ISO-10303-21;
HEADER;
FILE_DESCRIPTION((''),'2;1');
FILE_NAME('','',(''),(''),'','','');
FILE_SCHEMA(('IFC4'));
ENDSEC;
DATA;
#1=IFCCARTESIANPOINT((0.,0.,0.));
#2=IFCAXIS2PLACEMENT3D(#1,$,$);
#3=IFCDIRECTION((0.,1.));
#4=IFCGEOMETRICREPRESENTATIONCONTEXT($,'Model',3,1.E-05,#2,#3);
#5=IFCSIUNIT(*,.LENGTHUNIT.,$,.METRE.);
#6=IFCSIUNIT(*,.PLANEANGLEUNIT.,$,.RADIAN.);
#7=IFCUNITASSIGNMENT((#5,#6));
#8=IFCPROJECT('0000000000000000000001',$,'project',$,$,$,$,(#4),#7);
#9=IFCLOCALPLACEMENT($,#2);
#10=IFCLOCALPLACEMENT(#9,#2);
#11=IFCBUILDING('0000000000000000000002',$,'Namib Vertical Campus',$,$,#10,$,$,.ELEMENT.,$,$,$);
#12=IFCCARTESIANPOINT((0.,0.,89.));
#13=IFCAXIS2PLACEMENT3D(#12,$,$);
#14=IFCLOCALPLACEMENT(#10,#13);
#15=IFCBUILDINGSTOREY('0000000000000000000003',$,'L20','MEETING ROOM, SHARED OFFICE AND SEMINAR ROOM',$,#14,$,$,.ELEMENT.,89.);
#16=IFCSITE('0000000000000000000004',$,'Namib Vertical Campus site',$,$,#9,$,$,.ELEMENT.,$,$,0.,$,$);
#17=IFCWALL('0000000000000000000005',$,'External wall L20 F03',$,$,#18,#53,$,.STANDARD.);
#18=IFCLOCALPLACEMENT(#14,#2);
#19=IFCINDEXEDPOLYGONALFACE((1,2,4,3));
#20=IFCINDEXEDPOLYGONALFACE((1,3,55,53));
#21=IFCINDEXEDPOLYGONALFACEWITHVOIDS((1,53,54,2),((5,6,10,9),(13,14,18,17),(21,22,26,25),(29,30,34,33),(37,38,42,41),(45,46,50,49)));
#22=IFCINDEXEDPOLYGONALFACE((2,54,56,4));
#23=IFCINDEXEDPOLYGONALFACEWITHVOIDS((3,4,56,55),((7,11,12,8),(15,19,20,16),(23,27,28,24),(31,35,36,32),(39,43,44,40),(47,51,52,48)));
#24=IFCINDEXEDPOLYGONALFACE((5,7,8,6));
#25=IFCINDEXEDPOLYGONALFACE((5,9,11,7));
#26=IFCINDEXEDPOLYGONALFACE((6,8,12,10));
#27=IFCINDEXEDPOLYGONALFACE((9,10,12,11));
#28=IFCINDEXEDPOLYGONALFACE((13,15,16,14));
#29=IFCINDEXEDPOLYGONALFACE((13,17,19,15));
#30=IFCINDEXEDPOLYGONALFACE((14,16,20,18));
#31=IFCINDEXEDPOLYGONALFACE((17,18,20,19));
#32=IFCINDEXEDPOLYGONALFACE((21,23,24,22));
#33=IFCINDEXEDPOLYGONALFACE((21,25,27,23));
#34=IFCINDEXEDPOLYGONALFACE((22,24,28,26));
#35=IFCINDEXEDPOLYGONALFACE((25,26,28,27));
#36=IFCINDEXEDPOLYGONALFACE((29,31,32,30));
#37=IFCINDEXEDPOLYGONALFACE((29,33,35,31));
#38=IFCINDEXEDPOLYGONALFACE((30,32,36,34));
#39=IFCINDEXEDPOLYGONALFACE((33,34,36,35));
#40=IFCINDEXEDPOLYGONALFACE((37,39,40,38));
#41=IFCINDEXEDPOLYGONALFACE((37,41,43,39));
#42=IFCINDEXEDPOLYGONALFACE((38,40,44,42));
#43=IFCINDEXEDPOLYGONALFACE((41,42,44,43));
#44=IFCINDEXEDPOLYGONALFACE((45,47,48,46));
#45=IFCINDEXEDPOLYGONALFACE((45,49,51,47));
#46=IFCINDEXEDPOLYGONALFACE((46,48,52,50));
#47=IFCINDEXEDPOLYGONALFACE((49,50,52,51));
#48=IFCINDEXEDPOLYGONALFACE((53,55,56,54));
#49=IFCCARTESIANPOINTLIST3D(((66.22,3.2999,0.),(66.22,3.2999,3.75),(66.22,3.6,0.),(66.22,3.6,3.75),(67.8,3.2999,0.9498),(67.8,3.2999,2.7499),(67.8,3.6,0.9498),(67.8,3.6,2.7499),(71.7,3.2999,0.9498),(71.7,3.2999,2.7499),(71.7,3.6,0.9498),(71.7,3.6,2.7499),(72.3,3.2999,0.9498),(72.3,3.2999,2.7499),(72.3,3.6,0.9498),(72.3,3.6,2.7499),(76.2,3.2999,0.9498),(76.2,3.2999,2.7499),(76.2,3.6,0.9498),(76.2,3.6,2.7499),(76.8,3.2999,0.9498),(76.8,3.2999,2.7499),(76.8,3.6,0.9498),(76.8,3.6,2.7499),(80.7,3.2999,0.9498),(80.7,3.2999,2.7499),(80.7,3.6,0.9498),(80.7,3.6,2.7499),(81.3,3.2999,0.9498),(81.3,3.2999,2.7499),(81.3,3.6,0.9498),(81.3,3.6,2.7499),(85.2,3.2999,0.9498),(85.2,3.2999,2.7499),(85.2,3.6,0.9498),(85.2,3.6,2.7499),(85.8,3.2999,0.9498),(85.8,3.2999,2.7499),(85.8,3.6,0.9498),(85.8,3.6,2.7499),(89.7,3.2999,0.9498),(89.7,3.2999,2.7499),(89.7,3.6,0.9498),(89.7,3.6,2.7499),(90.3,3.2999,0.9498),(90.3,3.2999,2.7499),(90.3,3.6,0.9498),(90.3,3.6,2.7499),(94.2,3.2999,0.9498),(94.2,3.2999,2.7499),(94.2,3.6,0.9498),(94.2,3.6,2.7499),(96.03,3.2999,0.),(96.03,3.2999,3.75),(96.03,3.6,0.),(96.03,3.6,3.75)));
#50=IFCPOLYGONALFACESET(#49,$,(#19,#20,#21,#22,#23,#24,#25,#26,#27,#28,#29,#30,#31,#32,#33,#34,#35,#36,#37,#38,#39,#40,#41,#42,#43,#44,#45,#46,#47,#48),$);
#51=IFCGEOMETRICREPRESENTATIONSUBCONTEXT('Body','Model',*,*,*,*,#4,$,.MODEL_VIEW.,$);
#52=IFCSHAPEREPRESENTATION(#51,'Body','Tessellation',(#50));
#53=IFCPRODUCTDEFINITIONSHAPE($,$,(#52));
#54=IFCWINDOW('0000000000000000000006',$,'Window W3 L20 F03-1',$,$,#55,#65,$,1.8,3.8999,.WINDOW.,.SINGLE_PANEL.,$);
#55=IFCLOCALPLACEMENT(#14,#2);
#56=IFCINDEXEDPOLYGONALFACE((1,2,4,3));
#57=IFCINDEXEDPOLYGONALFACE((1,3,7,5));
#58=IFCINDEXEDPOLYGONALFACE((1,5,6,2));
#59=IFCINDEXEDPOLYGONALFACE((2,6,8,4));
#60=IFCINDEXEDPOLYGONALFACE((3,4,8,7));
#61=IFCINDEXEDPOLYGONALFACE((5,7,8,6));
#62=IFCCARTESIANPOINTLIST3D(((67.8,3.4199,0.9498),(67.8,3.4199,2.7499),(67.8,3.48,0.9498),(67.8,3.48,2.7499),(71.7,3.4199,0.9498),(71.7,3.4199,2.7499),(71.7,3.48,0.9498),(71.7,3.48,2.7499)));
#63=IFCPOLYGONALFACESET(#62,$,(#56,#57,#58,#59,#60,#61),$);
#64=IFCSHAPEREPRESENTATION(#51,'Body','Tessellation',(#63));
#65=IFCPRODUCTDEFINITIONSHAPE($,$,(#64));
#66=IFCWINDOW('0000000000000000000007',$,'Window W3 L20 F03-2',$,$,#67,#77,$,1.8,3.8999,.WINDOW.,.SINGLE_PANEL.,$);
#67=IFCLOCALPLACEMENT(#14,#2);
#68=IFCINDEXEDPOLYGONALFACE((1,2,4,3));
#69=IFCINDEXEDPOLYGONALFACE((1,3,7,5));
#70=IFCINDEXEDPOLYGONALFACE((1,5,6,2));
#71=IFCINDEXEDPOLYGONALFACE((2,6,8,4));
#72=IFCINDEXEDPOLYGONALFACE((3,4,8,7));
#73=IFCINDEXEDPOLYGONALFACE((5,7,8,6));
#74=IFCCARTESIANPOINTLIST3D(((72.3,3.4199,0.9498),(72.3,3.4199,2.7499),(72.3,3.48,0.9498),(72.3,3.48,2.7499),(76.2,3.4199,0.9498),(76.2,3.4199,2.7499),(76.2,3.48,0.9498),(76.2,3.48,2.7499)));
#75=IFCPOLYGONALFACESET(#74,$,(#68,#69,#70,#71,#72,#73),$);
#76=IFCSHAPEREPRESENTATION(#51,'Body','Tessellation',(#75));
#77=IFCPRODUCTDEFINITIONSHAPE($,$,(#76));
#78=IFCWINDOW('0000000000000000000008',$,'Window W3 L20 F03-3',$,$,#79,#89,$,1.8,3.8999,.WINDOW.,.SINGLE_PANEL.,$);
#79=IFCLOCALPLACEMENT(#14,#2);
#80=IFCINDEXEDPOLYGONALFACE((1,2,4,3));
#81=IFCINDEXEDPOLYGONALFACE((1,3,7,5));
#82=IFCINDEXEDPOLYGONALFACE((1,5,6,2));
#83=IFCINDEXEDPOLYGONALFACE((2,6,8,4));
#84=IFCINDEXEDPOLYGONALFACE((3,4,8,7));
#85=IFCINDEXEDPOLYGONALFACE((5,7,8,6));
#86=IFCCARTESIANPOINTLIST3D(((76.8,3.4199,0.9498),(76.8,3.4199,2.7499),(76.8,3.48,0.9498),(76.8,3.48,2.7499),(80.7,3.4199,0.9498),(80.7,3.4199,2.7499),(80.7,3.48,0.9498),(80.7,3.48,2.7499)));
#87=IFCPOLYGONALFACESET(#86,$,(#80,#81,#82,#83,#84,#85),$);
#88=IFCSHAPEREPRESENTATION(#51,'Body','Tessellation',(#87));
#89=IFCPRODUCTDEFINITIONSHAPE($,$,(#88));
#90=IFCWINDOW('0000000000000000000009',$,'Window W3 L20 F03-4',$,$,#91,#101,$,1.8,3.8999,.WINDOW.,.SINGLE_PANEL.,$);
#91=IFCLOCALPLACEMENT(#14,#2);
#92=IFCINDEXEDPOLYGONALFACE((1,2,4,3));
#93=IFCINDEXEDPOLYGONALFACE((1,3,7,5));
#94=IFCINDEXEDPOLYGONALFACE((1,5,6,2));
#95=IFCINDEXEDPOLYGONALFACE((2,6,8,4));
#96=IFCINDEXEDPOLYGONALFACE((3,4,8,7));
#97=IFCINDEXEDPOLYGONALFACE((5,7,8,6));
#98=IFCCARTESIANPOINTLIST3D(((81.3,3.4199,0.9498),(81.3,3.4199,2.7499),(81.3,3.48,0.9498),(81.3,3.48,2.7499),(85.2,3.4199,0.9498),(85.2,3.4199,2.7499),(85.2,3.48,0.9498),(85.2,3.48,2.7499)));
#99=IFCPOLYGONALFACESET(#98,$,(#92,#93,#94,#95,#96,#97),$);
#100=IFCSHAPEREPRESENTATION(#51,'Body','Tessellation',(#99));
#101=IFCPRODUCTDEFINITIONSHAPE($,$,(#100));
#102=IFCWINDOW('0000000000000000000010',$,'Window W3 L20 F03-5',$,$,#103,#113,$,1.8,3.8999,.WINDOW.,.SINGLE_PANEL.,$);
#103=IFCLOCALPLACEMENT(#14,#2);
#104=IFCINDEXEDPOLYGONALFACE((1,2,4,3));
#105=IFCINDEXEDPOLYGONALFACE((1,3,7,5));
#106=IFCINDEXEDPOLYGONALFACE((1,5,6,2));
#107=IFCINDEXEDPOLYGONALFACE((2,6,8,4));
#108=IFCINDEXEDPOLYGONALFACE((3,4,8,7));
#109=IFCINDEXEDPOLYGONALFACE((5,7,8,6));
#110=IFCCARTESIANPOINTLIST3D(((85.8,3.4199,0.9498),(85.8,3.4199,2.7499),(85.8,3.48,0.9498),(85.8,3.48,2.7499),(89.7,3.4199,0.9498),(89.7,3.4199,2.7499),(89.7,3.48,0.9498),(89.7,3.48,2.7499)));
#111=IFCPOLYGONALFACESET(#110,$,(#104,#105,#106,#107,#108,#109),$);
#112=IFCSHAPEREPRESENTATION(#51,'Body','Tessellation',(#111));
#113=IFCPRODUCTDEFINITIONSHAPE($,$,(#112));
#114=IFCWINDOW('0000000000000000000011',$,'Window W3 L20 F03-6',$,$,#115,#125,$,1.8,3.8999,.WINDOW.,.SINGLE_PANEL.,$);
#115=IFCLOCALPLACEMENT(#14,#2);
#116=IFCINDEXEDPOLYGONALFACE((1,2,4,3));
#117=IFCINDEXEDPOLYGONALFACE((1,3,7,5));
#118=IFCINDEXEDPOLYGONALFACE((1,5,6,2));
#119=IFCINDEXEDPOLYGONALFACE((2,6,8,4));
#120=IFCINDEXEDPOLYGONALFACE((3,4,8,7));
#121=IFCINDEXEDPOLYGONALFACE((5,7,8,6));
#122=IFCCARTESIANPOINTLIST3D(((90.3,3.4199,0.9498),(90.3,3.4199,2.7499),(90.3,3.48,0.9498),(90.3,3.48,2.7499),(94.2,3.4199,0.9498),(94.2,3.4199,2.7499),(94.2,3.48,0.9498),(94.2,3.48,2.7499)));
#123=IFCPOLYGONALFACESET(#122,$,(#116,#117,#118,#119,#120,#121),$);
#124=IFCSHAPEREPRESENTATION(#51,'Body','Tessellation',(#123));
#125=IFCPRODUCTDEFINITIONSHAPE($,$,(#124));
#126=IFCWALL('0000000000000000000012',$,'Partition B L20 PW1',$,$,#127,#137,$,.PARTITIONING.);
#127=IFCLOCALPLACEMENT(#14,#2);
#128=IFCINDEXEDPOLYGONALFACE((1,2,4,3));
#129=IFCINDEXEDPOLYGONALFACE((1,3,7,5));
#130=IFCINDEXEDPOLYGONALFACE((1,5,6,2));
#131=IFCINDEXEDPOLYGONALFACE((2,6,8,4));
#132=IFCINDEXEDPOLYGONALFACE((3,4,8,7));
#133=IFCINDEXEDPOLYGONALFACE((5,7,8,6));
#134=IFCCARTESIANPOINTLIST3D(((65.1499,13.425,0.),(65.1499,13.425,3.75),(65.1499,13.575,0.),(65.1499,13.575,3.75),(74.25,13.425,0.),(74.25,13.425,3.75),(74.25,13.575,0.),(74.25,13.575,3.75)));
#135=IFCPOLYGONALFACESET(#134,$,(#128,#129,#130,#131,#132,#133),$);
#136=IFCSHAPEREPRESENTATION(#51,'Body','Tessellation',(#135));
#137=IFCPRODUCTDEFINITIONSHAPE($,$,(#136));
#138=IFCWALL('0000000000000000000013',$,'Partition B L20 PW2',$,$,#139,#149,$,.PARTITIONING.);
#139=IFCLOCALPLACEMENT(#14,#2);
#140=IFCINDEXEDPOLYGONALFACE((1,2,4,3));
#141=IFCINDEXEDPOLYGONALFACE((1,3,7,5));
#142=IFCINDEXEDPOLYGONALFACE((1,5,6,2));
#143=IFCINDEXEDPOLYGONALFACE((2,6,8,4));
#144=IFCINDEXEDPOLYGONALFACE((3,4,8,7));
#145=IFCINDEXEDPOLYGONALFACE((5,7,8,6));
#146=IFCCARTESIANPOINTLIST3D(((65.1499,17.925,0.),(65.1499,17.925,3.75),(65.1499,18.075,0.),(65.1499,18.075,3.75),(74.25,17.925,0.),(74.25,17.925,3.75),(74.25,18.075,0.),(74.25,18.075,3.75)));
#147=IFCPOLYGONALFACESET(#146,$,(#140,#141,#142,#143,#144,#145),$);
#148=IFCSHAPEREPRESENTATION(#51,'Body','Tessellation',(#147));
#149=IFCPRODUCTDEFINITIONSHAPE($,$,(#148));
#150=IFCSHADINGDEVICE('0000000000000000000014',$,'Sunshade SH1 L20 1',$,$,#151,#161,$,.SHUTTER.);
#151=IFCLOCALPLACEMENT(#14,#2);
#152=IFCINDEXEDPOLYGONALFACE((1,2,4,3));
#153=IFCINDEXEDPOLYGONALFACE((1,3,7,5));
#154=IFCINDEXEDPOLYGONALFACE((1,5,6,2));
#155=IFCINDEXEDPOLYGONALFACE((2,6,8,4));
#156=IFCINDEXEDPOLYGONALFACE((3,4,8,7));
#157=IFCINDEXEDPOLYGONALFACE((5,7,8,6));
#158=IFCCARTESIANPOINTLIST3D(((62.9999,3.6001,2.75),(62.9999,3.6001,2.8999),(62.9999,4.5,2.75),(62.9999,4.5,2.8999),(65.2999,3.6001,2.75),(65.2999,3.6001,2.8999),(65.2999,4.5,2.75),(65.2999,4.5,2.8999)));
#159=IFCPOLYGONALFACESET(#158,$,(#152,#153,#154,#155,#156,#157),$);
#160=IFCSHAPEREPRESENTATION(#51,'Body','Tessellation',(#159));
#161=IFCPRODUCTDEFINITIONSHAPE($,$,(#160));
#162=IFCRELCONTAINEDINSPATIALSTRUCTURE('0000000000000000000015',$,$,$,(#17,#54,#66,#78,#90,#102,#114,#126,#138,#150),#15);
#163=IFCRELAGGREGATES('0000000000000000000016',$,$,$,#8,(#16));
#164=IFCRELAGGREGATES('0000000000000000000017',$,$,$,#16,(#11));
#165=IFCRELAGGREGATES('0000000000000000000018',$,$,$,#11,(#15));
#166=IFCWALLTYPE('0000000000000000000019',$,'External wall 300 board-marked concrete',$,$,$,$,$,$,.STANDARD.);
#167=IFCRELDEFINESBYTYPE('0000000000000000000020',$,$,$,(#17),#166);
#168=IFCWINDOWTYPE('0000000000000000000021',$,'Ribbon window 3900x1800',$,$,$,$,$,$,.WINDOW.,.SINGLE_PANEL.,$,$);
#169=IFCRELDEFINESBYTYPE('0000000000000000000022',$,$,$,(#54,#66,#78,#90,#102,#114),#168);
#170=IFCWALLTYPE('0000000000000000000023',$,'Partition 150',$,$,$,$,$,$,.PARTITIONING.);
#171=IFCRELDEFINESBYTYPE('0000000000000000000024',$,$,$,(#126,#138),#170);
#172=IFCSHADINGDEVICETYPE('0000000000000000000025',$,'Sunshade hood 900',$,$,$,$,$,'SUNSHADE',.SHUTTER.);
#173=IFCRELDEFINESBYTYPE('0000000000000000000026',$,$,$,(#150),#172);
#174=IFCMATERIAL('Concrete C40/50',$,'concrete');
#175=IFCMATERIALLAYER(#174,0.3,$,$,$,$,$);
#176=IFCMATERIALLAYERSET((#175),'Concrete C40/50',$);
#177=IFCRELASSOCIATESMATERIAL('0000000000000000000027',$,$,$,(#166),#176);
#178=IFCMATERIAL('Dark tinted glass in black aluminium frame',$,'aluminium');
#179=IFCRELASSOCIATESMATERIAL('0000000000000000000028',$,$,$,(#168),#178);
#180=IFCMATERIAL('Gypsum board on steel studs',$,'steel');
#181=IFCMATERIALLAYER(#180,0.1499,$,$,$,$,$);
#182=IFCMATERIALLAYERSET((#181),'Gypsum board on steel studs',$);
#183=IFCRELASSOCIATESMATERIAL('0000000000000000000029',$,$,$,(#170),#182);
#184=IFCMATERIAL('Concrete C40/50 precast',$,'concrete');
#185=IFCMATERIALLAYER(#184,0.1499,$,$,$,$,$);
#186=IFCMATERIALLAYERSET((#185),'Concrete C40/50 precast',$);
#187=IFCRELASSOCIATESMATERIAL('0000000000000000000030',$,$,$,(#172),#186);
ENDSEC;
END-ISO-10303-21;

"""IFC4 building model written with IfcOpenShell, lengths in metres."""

from ifc_helpers import new_model, si_unit, direction, frame, frame_2d, origin, origin_2d, place, context, subcontext, project, spatial, rectangle, extrude, material, layer, layer_set, type_object, element, fill, save


model = new_model("IFC4")

# Units and contexts
model_context = context("Model", 3, precision=1e-05, world=origin(), true_north=direction((0.0, 1.0)))
body_context = subcontext(model_context, "Body", "Model", "MODEL_VIEW")
ifc_project = project(units=[si_unit("LENGTHUNIT", "METRE"), si_unit("PLANEANGLEUNIT", "RADIAN")], contexts=[model_context])

# Site, building, storey
site_placement = place(None, origin())
site = spatial("IfcSite", under=ifc_project, at=site_placement, Name="Namib Vertical Campus site", CompositionType="ELEMENT", RefElevation=0.0)
building_placement = place(site_placement, origin())
building = spatial("IfcBuilding", under=site, at=building_placement, Name="Namib Vertical Campus", CompositionType="ELEMENT")
storey_placement = place(building_placement, frame((0.0, 0.0, 89.0)))
storey = spatial("IfcBuildingStorey", under=building, at=storey_placement, Name="L20", Description="MEETING ROOM, SHARED OFFICE AND SEMINAR ROOM", CompositionType="ELEMENT", Elevation=89.0)

# Shared definitions
ifc_material_1 = material(Name="Concrete C40/50", Category="concrete")
ifc_layer_1 = layer(ifc_material_1, 0.3)
ifc_layer_set_1 = layer_set([ifc_layer_1], Name="Concrete C40/50")
wall_type_1 = type_object("IfcWallType", Name="External wall 300 board-marked concrete", PredefinedType="STANDARD", material=ifc_layer_set_1)
ifc_material_2 = material(Name="Dark tinted glass in black aluminium frame", Category="aluminium")
window_type = type_object("IfcWindowType", Name="Ribbon window 3900x1800", PartitioningType="SINGLE_PANEL", PredefinedType="WINDOW", material=ifc_material_2)

# Wall, openings, windows
wall_1_placement = place(storey_placement, frame((66.22, 3.45, 0.0), z_axis=(0.0, 0.0, 1.0), x_axis=(1.0, 0.0, 0.0)))
wall_1 = element("IfcWall", 1, at=wall_1_placement, inside=storey, type_object=wall_type_1, Name="External wall L20 F03", PredefinedType="STANDARD", context=body_context, shape_type="SweptSolid", body=[
    extrude(rectangle(XDim=29.8101, YDim=0.3, at=frame_2d((14.905, 0.0))), origin(), (0.0, 0.0, 1.0), 3.75),
])
opening_1_placement = place(wall_1_placement, frame((1.5801, 0.0, 0.95)))
opening_1 = element("IfcOpeningElement", 2, at=opening_1_placement, cuts=wall_1, PredefinedType="OPENING", context=body_context, shape_type="SweptSolid", body=[
    extrude(rectangle(XDim=3.8999, YDim=1.8, at=frame_2d((1.95, 0.8999))), frame((0.0, 0.1599, 0.0), z_axis=(0.0, -1.0, 0.0), x_axis=(1.0, 0.0, 0.0)), (0.0, 0.0, 1.0), 0.3201),
])
opening_2_placement = place(wall_1_placement, frame((6.0801, 0.0, 0.95)))
opening_2 = element("IfcOpeningElement", 3, at=opening_2_placement, cuts=wall_1, PredefinedType="OPENING", context=body_context, shape_type="SweptSolid", body=[
    extrude(rectangle(XDim=3.8999, YDim=1.8, at=frame_2d((1.95, 0.8999))), frame((0.0, 0.1599, 0.0), z_axis=(0.0, -1.0, 0.0), x_axis=(1.0, 0.0, 0.0)), (0.0, 0.0, 1.0), 0.3201),
])
opening_3_placement = place(wall_1_placement, frame((10.5801, 0.0, 0.95)))
opening_3 = element("IfcOpeningElement", 4, at=opening_3_placement, cuts=wall_1, PredefinedType="OPENING", context=body_context, shape_type="SweptSolid", body=[
    extrude(rectangle(XDim=3.8999, YDim=1.8, at=frame_2d((1.95, 0.8999))), frame((0.0, 0.1599, 0.0), z_axis=(0.0, -1.0, 0.0), x_axis=(1.0, 0.0, 0.0)), (0.0, 0.0, 1.0), 0.3201),
])
opening_4_placement = place(wall_1_placement, frame((15.0801, 0.0, 0.95)))
opening_4 = element("IfcOpeningElement", 5, at=opening_4_placement, cuts=wall_1, PredefinedType="OPENING", context=body_context, shape_type="SweptSolid", body=[
    extrude(rectangle(XDim=3.8999, YDim=1.8, at=frame_2d((1.95, 0.8999))), frame((0.0, 0.1599, 0.0), z_axis=(0.0, -1.0, 0.0), x_axis=(1.0, 0.0, 0.0)), (0.0, 0.0, 1.0), 0.3201),
])
opening_5_placement = place(wall_1_placement, frame((19.5801, 0.0, 0.95)))
opening_5 = element("IfcOpeningElement", 6, at=opening_5_placement, cuts=wall_1, PredefinedType="OPENING", context=body_context, shape_type="SweptSolid", body=[
    extrude(rectangle(XDim=3.8999, YDim=1.8, at=frame_2d((1.95, 0.8999))), frame((0.0, 0.1599, 0.0), z_axis=(0.0, -1.0, 0.0), x_axis=(1.0, 0.0, 0.0)), (0.0, 0.0, 1.0), 0.3201),
])
opening_6_placement = place(wall_1_placement, frame((24.0801, 0.0, 0.95)))
opening_6 = element("IfcOpeningElement", 7, at=opening_6_placement, cuts=wall_1, PredefinedType="OPENING", context=body_context, shape_type="SweptSolid", body=[
    extrude(rectangle(XDim=3.8999, YDim=1.8, at=frame_2d((1.95, 0.8999))), frame((0.0, 0.1599, 0.0), z_axis=(0.0, -1.0, 0.0), x_axis=(1.0, 0.0, 0.0)), (0.0, 0.0, 1.0), 0.3201),
])
window_1_placement = place(opening_1_placement, origin())
window_1 = element("IfcWindow", 8, at=window_1_placement, inside=storey, type_object=window_type, Name="Window W3 L20 F03-1", OverallHeight=1.8, OverallWidth=3.8999, PartitioningType="SINGLE_PANEL", PredefinedType="WINDOW", context=body_context, shape_type="SweptSolid", body=[
    extrude(rectangle(XDim=3.8999, YDim=1.8, at=frame_2d((1.95, 0.8999))), frame((0.0, 0.03, 0.0), z_axis=(0.0, -1.0, 0.0), x_axis=(1.0, 0.0, 0.0)), (0.0, 0.0, 1.0), 0.0601),
])
fill(opening_1, window_1)
window_2_placement = place(opening_2_placement, origin())
window_2 = element("IfcWindow", 9, at=window_2_placement, inside=storey, type_object=window_type, Name="Window W3 L20 F03-2", OverallHeight=1.8, OverallWidth=3.8999, PartitioningType="SINGLE_PANEL", PredefinedType="WINDOW", context=body_context, shape_type="SweptSolid", body=[
    extrude(rectangle(XDim=3.8999, YDim=1.8, at=frame_2d((1.95, 0.8999))), frame((0.0, 0.03, 0.0), z_axis=(0.0, -1.0, 0.0), x_axis=(1.0, 0.0, 0.0)), (0.0, 0.0, 1.0), 0.0601),
])
fill(opening_2, window_2)
window_3_placement = place(opening_3_placement, origin())
window_3 = element("IfcWindow", 10, at=window_3_placement, inside=storey, type_object=window_type, Name="Window W3 L20 F03-3", OverallHeight=1.8, OverallWidth=3.8999, PartitioningType="SINGLE_PANEL", PredefinedType="WINDOW", context=body_context, shape_type="SweptSolid", body=[
    extrude(rectangle(XDim=3.8999, YDim=1.8, at=frame_2d((1.95, 0.8999))), frame((0.0, 0.03, 0.0), z_axis=(0.0, -1.0, 0.0), x_axis=(1.0, 0.0, 0.0)), (0.0, 0.0, 1.0), 0.0601),
])
fill(opening_3, window_3)
window_4_placement = place(opening_4_placement, origin())
window_4 = element("IfcWindow", 11, at=window_4_placement, inside=storey, type_object=window_type, Name="Window W3 L20 F03-4", OverallHeight=1.8, OverallWidth=3.8999, PartitioningType="SINGLE_PANEL", PredefinedType="WINDOW", context=body_context, shape_type="SweptSolid", body=[
    extrude(rectangle(XDim=3.8999, YDim=1.8, at=frame_2d((1.95, 0.8999))), frame((0.0, 0.03, 0.0), z_axis=(0.0, -1.0, 0.0), x_axis=(1.0, 0.0, 0.0)), (0.0, 0.0, 1.0), 0.0601),
])
fill(opening_4, window_4)
window_5_placement = place(opening_5_placement, origin())
window_5 = element("IfcWindow", 12, at=window_5_placement, inside=storey, type_object=window_type, Name="Window W3 L20 F03-5", OverallHeight=1.8, OverallWidth=3.8999, PartitioningType="SINGLE_PANEL", PredefinedType="WINDOW", context=body_context, shape_type="SweptSolid", body=[
    extrude(rectangle(XDim=3.8999, YDim=1.8, at=frame_2d((1.95, 0.8999))), frame((0.0, 0.03, 0.0), z_axis=(0.0, -1.0, 0.0), x_axis=(1.0, 0.0, 0.0)), (0.0, 0.0, 1.0), 0.0601),
])
fill(opening_5, window_5)
window_6_placement = place(opening_6_placement, origin())
window_6 = element("IfcWindow", 13, at=window_6_placement, inside=storey, type_object=window_type, Name="Window W3 L20 F03-6", OverallHeight=1.8, OverallWidth=3.8999, PartitioningType="SINGLE_PANEL", PredefinedType="WINDOW", context=body_context, shape_type="SweptSolid", body=[
    extrude(rectangle(XDim=3.8999, YDim=1.8, at=frame_2d((1.95, 0.8999))), frame((0.0, 0.03, 0.0), z_axis=(0.0, -1.0, 0.0), x_axis=(1.0, 0.0, 0.0)), (0.0, 0.0, 1.0), 0.0601),
])
fill(opening_6, window_6)

# Walls
ifc_material_3 = material(Name="Gypsum board on steel studs", Category="steel")
ifc_layer_2 = layer(ifc_material_3, 0.1499)
ifc_layer_set_2 = layer_set([ifc_layer_2], Name="Gypsum board on steel studs")
wall_type_2 = type_object("IfcWallType", Name="Partition 150", PredefinedType="PARTITIONING", material=ifc_layer_set_2)
for number, where, z_axis, x_axis, name in (
    (14, (65.1499, 13.5, 0.0), (0.0, 0.0, 1.0), (1.0, 0.0, 0.0), "Partition B L20 PW1"),
    (15, (65.1499, 18.0, 0.0), (0.0, 0.0, 1.0), (1.0, 0.0, 0.0), "Partition B L20 PW2"),
):
    element("IfcWall", number, at=place(storey_placement, frame(where, z_axis=z_axis, x_axis=x_axis)), inside=storey, type_object=wall_type_2, Name=name, PredefinedType="PARTITIONING", context=body_context, shape_type="SweptSolid", body=[
        extrude(rectangle(XDim=9.1001, YDim=0.1499, at=frame_2d((4.55, 0.0))), origin(), (0.0, 0.0, 1.0), 3.75),
    ])

# Shading device
ifc_material_4 = material(Name="Concrete C40/50 precast", Category="concrete")
ifc_layer_3 = layer(ifc_material_4, 0.1499)
ifc_layer_set_3 = layer_set([ifc_layer_3], Name="Concrete C40/50 precast")
shading_device_type = type_object("IfcShadingDeviceType", Name="Sunshade hood 900", ElementType="SUNSHADE", PredefinedType="SHUTTER", material=ifc_layer_set_3)
shading_device_placement = place(storey_placement, frame((64.1499, 4.05, 2.75), z_axis=(0.0, 0.0, 1.0), x_axis=(1.0, 0.0, 0.0)))
element("IfcShadingDevice", 16, at=shading_device_placement, inside=storey, type_object=shading_device_type, Name="Sunshade SH1 L20 1", PredefinedType="SHUTTER", context=body_context, shape_type="SweptSolid", body=[
    extrude(rectangle(XDim=2.3, YDim=0.8999, at=origin_2d()), origin(), (0.0, 0.0, 1.0), 0.1499),
])

save(model, "model.ifc")
